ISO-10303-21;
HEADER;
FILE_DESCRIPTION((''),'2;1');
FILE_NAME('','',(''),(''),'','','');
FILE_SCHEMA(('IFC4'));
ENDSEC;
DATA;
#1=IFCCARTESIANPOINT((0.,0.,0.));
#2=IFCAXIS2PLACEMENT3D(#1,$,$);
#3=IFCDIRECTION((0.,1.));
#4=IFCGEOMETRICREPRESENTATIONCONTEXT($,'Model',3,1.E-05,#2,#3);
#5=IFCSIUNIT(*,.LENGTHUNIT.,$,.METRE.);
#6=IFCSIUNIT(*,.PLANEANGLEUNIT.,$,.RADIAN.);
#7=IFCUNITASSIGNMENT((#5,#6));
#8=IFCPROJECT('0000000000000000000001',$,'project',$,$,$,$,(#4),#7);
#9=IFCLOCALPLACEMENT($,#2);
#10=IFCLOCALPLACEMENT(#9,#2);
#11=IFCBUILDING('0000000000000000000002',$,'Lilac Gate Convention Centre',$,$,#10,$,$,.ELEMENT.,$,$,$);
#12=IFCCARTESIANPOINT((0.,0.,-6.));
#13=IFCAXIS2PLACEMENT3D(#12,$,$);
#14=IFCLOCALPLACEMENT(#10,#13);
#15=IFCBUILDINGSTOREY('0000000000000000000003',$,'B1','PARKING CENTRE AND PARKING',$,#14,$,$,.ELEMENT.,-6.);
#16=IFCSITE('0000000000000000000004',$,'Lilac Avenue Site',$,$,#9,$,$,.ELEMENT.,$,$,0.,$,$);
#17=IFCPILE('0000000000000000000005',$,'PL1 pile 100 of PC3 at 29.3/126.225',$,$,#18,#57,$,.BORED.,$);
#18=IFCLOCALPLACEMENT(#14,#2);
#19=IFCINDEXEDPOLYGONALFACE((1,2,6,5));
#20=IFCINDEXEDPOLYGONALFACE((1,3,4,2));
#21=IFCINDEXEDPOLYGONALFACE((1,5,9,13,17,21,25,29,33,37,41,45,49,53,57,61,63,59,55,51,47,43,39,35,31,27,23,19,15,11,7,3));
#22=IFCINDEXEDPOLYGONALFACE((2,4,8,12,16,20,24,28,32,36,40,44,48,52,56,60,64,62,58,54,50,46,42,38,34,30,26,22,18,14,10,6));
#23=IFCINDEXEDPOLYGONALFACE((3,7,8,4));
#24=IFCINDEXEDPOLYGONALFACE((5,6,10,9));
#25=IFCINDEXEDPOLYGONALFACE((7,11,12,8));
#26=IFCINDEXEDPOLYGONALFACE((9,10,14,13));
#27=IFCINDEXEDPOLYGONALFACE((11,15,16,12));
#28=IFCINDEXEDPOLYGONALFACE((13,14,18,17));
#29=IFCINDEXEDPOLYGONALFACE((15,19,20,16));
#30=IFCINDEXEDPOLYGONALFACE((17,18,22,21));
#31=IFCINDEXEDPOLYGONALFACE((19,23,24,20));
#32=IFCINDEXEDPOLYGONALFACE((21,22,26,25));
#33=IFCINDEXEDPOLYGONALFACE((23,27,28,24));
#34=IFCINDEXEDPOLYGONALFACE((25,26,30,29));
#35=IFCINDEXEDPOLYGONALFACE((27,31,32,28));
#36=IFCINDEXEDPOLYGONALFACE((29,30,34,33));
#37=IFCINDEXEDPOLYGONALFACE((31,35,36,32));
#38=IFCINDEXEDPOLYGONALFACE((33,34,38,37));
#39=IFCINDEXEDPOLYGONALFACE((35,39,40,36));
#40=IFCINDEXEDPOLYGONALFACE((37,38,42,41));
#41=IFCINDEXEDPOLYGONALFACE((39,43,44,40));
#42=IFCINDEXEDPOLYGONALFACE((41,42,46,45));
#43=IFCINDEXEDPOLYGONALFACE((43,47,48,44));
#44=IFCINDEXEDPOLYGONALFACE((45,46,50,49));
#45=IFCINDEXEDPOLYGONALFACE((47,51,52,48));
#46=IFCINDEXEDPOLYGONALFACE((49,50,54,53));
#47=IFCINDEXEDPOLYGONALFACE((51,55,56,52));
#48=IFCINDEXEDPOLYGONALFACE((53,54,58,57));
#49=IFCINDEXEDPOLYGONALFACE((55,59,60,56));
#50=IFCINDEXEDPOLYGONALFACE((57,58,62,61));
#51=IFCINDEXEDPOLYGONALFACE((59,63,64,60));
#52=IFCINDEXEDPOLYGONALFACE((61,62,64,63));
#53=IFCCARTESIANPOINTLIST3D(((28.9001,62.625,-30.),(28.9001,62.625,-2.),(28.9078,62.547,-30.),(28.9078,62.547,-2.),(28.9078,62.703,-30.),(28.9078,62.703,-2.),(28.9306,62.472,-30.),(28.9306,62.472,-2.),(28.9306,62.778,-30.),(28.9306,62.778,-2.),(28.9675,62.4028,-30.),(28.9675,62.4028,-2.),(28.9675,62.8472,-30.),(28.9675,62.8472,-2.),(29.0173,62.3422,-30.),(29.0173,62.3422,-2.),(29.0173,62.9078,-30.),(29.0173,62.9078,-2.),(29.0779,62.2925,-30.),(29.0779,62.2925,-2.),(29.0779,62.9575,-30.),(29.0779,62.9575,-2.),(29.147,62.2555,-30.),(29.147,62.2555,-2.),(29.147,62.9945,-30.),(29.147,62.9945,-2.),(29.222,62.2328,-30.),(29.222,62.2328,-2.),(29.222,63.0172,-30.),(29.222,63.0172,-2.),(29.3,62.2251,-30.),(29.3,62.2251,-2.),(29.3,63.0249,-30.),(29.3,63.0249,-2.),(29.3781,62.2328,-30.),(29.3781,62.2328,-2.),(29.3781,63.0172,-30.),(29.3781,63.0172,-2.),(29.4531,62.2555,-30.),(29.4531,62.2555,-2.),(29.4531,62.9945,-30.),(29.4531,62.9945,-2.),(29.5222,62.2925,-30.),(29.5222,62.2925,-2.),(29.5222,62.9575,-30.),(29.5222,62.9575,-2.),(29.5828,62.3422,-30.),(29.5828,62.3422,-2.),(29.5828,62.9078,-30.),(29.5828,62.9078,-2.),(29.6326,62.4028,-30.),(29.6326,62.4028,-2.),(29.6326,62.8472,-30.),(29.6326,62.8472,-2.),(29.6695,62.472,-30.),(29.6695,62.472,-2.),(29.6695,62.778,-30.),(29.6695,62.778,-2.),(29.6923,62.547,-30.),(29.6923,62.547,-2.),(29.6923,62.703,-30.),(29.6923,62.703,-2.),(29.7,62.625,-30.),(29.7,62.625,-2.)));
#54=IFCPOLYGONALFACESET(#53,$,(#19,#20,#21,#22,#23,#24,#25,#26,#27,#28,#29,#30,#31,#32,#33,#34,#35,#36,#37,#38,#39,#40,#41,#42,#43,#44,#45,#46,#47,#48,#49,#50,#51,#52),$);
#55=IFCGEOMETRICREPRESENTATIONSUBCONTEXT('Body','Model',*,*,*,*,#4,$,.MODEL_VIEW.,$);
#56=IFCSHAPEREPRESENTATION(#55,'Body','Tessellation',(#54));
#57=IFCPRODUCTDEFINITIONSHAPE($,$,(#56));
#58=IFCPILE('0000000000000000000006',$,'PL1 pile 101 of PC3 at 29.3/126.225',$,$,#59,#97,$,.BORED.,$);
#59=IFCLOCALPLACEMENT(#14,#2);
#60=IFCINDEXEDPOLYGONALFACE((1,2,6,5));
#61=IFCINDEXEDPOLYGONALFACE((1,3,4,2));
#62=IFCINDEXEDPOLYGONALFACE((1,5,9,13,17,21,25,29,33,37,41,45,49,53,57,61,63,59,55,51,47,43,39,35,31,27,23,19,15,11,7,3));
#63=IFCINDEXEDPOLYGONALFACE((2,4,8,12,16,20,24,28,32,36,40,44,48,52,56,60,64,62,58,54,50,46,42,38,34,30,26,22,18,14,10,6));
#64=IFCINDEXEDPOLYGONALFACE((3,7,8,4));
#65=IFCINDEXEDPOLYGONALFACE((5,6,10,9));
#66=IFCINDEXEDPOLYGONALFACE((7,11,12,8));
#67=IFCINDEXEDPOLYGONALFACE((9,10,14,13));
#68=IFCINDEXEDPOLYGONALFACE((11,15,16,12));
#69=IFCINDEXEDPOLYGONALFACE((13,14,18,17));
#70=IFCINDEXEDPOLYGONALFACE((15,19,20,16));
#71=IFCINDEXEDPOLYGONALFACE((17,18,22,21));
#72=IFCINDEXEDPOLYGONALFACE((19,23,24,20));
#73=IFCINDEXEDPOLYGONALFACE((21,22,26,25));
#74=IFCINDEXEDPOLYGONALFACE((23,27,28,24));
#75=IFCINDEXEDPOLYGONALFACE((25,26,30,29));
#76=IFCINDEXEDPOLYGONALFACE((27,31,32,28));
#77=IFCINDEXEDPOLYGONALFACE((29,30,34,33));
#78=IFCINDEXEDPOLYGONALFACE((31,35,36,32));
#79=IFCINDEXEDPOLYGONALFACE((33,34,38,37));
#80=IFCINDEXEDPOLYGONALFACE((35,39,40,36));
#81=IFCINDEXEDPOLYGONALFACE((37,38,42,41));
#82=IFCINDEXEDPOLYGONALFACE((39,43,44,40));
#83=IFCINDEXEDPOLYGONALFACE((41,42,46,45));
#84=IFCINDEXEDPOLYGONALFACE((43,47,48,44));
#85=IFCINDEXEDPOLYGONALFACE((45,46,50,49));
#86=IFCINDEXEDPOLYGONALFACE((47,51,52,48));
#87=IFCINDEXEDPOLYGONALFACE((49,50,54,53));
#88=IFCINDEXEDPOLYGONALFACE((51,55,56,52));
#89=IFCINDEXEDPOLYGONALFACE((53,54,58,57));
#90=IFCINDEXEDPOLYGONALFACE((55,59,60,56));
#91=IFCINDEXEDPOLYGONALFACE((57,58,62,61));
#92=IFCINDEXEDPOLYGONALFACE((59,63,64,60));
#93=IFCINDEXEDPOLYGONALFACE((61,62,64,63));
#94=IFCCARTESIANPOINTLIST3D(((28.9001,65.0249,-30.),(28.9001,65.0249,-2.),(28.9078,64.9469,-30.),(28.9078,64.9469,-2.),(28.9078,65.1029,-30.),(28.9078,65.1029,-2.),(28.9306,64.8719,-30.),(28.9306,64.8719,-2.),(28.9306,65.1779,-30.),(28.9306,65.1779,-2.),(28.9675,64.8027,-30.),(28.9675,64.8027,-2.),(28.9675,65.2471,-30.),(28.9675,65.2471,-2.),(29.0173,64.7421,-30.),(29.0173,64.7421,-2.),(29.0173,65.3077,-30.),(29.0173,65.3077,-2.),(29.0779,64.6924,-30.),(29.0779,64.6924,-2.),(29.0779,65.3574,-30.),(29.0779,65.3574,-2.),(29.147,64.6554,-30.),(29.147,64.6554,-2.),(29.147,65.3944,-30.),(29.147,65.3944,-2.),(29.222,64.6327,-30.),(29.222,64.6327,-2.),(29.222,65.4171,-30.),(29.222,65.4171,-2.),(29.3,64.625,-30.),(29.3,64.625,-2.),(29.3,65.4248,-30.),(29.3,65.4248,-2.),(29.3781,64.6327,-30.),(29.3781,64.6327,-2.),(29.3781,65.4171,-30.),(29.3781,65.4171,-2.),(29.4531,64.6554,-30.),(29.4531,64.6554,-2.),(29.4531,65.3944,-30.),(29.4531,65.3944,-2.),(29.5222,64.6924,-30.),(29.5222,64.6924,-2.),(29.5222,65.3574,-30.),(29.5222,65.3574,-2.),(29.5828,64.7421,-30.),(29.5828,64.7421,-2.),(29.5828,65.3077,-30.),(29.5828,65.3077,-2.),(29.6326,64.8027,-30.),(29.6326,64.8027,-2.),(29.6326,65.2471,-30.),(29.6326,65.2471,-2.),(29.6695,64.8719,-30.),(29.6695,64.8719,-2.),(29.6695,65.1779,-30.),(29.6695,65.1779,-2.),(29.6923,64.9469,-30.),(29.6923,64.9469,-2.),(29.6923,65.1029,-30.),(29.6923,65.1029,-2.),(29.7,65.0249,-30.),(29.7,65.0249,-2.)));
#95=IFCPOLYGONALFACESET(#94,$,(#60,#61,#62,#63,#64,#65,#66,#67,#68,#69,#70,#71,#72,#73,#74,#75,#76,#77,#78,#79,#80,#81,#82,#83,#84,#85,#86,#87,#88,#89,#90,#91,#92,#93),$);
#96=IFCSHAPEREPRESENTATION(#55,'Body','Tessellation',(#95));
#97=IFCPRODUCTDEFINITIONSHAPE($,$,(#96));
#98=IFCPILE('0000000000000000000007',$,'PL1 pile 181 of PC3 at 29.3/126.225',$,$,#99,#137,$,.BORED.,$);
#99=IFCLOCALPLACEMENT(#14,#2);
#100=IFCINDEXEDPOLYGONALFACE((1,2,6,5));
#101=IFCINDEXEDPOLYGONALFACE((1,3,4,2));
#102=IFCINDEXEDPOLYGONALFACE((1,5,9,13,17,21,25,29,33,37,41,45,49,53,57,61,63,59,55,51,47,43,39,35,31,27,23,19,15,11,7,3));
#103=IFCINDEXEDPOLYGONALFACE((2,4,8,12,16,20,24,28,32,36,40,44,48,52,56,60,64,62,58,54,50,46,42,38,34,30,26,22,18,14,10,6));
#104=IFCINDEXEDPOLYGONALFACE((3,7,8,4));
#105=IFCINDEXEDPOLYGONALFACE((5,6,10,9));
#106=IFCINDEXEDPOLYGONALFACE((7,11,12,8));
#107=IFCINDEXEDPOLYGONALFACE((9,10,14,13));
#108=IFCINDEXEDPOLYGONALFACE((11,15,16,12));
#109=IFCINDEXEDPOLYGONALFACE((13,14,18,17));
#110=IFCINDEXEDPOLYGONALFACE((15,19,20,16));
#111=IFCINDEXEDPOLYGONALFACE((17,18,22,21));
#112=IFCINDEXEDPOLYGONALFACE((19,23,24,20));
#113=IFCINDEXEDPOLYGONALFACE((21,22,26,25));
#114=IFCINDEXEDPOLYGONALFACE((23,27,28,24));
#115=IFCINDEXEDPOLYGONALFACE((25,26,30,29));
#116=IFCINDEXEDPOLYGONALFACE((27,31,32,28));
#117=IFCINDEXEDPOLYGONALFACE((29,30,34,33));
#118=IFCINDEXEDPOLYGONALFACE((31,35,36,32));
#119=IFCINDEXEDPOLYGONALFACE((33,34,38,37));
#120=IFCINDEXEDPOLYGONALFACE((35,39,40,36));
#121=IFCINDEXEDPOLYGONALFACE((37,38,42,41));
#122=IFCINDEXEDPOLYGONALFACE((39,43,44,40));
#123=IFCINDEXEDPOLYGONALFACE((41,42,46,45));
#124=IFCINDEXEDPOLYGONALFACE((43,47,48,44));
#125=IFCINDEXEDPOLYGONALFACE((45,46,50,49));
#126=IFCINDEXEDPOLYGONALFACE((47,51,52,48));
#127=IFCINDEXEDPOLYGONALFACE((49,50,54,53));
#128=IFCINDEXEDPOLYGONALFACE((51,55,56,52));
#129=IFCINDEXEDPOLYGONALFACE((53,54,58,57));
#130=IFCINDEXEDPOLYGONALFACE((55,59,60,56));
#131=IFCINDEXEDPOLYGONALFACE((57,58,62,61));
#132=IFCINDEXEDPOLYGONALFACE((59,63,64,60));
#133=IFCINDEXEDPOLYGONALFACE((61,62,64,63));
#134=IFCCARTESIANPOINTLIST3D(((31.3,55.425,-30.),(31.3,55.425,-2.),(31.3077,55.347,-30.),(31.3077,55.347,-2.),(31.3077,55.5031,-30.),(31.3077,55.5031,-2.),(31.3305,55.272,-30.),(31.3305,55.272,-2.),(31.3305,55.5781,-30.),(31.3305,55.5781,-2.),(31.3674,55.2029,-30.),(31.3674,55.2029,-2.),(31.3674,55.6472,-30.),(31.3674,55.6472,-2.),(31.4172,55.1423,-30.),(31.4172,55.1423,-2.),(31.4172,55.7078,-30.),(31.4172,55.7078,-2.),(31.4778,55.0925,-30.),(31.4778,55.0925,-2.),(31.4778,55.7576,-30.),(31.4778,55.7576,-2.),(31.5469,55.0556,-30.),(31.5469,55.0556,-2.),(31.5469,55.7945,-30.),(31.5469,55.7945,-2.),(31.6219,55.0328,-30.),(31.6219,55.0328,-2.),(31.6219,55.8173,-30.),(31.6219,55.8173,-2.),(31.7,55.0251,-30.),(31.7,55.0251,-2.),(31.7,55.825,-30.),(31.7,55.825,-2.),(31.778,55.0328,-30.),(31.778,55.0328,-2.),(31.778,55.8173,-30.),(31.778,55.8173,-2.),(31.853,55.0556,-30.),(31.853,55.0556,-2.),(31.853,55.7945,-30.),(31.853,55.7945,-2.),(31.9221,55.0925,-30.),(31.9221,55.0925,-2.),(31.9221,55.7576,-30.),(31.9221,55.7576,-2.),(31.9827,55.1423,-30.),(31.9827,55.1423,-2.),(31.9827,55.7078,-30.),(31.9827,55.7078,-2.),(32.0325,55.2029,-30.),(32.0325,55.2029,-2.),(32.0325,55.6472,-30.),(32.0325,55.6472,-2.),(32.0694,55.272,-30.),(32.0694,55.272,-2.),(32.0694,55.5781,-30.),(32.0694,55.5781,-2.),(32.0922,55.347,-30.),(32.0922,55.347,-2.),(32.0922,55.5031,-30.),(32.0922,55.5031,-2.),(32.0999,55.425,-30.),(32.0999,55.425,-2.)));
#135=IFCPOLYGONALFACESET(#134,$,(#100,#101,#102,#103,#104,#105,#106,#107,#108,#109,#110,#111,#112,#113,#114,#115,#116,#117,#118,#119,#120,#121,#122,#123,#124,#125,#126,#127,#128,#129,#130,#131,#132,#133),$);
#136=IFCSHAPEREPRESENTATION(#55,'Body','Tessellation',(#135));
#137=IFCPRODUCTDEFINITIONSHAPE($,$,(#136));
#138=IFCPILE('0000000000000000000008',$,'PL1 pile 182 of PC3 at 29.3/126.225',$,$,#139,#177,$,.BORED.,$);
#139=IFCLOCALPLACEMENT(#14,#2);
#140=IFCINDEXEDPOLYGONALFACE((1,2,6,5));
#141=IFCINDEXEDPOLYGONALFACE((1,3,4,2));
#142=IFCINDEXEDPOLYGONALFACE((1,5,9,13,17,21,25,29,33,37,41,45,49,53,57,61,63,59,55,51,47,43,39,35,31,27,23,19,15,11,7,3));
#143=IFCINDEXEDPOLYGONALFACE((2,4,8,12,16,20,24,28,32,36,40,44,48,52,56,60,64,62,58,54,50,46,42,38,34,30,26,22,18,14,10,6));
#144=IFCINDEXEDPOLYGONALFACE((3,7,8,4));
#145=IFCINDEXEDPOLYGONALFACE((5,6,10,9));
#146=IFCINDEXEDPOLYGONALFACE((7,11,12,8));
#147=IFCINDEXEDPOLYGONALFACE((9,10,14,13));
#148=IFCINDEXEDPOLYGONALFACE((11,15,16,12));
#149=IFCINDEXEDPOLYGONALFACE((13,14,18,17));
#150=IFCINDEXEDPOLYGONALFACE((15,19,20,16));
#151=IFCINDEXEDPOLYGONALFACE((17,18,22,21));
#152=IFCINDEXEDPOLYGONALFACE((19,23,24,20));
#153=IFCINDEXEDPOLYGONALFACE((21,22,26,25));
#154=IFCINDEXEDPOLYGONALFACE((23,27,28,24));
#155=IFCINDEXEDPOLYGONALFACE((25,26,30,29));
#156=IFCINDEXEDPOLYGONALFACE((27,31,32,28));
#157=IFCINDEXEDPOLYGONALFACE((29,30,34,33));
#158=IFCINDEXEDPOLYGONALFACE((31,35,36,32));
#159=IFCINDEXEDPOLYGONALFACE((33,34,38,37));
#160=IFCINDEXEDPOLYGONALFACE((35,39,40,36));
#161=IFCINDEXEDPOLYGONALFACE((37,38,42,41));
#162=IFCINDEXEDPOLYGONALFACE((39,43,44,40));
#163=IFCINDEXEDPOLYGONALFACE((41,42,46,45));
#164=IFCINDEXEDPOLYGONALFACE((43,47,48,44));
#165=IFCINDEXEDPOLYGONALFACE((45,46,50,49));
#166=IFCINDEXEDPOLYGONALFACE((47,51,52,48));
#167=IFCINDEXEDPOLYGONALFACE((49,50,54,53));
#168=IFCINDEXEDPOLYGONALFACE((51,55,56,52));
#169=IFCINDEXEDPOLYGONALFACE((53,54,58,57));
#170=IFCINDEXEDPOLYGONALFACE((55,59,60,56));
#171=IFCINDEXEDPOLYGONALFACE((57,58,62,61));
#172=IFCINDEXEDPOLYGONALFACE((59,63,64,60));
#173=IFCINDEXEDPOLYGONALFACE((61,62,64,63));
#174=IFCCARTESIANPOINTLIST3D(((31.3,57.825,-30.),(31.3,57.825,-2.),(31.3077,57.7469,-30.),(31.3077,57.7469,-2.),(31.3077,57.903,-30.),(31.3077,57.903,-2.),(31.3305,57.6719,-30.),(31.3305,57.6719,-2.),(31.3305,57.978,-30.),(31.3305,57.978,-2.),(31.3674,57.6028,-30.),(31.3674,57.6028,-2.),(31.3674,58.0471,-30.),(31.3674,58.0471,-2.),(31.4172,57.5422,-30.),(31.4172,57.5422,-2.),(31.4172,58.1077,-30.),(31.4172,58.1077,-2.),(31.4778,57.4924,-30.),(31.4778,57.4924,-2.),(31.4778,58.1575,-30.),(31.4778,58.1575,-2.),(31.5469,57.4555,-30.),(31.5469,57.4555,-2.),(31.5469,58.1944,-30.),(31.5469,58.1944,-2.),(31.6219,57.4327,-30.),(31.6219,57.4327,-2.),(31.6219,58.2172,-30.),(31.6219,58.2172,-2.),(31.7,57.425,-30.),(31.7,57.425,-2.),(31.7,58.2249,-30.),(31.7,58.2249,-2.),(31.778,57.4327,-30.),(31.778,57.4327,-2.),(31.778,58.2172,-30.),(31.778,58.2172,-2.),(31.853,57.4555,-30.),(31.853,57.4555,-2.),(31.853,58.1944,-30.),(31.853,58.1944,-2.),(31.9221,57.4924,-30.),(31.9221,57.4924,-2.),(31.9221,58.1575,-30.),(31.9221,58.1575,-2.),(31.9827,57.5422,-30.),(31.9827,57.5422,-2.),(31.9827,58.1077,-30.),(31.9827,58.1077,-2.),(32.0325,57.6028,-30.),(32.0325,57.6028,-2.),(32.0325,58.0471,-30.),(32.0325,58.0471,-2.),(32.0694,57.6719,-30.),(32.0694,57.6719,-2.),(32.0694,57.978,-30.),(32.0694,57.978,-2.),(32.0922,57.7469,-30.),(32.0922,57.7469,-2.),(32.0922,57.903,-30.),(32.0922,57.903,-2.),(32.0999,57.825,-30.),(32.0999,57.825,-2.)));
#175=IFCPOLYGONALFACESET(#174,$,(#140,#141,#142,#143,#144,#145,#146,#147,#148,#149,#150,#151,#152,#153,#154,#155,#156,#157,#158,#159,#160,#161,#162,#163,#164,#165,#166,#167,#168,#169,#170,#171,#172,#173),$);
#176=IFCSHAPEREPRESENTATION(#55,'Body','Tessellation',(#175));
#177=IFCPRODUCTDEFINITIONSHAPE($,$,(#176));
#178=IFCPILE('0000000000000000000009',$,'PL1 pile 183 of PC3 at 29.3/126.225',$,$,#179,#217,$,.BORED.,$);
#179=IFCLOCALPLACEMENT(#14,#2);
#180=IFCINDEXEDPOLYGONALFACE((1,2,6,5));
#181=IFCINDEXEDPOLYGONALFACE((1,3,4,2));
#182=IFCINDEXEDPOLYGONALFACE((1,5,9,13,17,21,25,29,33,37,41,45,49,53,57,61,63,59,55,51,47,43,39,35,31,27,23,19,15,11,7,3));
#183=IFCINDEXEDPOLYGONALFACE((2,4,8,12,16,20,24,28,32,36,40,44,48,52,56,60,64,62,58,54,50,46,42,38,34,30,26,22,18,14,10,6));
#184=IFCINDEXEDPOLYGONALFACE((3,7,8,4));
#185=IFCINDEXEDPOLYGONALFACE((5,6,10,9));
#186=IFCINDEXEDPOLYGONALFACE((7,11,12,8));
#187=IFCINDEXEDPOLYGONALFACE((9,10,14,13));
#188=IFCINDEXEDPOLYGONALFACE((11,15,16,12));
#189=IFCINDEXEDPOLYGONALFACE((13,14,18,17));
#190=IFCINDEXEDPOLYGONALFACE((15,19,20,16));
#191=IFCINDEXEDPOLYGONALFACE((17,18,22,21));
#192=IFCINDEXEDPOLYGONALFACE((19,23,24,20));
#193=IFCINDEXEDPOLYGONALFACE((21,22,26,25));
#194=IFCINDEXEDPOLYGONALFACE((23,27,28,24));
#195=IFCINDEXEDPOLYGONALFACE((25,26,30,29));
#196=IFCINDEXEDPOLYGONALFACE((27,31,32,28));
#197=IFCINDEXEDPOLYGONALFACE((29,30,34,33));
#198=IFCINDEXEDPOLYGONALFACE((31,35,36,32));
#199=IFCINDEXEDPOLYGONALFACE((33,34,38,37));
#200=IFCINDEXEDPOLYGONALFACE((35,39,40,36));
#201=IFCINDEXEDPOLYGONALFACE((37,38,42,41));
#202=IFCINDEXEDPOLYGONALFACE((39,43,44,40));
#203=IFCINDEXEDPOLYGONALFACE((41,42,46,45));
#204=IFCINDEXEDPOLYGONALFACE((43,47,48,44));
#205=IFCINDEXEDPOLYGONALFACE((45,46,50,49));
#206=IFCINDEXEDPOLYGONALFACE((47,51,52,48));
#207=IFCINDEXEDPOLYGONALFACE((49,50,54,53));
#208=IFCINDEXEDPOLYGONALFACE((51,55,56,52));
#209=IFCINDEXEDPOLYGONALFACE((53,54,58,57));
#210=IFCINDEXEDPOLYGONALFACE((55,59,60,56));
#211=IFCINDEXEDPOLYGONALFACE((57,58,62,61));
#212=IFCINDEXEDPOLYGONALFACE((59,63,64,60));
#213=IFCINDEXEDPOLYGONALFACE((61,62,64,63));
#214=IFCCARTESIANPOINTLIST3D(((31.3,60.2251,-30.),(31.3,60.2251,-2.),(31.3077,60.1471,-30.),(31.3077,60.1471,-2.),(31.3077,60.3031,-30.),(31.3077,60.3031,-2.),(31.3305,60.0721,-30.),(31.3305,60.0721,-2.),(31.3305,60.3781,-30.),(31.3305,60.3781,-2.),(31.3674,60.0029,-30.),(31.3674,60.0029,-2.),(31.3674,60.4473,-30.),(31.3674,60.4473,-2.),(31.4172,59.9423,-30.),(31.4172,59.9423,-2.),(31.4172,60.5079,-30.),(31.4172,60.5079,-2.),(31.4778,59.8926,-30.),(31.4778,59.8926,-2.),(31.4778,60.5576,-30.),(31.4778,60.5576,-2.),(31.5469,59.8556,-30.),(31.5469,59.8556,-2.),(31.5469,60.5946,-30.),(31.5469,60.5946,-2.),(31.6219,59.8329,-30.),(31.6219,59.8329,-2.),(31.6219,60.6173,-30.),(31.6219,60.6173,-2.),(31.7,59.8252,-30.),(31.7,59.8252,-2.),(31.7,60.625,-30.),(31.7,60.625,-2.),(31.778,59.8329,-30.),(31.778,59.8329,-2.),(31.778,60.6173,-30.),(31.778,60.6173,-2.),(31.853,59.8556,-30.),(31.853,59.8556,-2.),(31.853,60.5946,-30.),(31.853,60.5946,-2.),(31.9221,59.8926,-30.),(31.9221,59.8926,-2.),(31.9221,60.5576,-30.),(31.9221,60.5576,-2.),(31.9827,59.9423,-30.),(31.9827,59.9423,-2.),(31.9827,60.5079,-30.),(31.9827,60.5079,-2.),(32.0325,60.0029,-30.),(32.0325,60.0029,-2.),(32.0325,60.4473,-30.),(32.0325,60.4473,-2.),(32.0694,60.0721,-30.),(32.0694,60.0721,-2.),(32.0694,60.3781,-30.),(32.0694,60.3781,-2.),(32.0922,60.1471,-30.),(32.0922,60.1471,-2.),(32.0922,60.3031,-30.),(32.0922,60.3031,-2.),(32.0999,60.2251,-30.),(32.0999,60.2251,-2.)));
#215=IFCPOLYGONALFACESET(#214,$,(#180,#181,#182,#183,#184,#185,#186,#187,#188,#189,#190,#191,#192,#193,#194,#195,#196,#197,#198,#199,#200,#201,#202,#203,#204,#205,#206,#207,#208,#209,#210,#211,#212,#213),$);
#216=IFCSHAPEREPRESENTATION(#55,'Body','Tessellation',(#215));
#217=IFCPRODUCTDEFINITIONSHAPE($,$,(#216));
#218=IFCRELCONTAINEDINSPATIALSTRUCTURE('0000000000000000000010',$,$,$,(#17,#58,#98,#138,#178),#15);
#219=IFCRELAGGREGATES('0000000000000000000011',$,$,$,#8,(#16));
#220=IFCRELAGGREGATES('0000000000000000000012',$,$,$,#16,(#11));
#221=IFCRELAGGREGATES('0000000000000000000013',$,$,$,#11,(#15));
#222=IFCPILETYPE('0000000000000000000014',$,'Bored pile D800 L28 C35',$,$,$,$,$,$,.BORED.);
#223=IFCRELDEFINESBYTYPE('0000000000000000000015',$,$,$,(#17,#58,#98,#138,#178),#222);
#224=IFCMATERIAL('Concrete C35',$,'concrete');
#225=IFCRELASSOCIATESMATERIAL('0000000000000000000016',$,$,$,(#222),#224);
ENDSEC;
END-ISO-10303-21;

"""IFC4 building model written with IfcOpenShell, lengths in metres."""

from ifc_helpers import new_model, si_unit, direction, frame, origin, origin_2d, place, context, subcontext, project, spatial, circle, extrude, material, material_profile, profile_set, type_object, element, save


model = new_model("IFC4")

# Units and contexts
model_context = context("Model", 3, precision=1e-05, world=origin(), true_north=direction((0.0, 1.0)))
body_context = subcontext(model_context, "Body", "Model", "MODEL_VIEW")
ifc_project = project(units=[si_unit("LENGTHUNIT", "METRE"), si_unit("PLANEANGLEUNIT", "RADIAN")], contexts=[model_context])

# Site, building, storey
site_placement = place(None, origin())
site = spatial("IfcSite", under=ifc_project, at=site_placement, Name="Lilac Avenue Site", CompositionType="ELEMENT", RefElevation=0.0)
building_placement = place(site_placement, origin())
building = spatial("IfcBuilding", under=site, at=building_placement, Name="Lilac Gate Convention Centre", CompositionType="ELEMENT")
storey_placement = place(building_placement, frame((0.0, 0.0, -6.0)))
storey = spatial("IfcBuildingStorey", under=building, at=storey_placement, Name="B1", Description="PARKING CENTRE AND PARKING", CompositionType="ELEMENT", Elevation=-6.0)

# Piles
ifc_material_1 = material(Name="Concrete C35", Category="concrete")
ifc_material_profile_1 = material_profile(ifc_material_1, circle(Radius=0.3999, at=origin_2d()), Name="D800")
ifc_profile_set_1 = profile_set([ifc_material_profile_1], Name="Concrete C35")
pile_type = type_object("IfcPileType", Name="Bored pile D800 L28 C35", PredefinedType="BORED", material=ifc_profile_set_1)
for number, where, z_axis, x_axis, name in (
    (1, (29.3, 62.625, -2.0), (0.0, 0.0, -1.0), (1.0, 0.0, 0.0), "PL1 pile 100 of PC3 at 29.3/126.225"),
    (2, (29.3, 65.0249, -2.0), (0.0, 0.0, -1.0), (1.0, 0.0, 0.0), "PL1 pile 101 of PC3 at 29.3/126.225"),
    (3, (31.7, 55.425, -2.0), (0.0, 0.0, -1.0), (1.0, 0.0, 0.0), "PL1 pile 181 of PC3 at 29.3/126.225"),
    (4, (31.7, 57.825, -2.0), (0.0, 0.0, -1.0), (1.0, 0.0, 0.0), "PL1 pile 182 of PC3 at 29.3/126.225"),
    (5, (31.7, 60.2251, -2.0), (0.0, 0.0, -1.0), (1.0, 0.0, 0.0), "PL1 pile 183 of PC3 at 29.3/126.225"),
):
    element("IfcPile", number, at=place(storey_placement, frame(where, z_axis=z_axis, x_axis=x_axis)), inside=storey, type_object=pile_type, Name=name, PredefinedType="BORED", context=body_context, shape_type="SweptSolid", body=[
        extrude(circle(Radius=0.3999, at=origin_2d()), origin(), (0.0, 0.0, 1.0), 28.0),
    ])

save(model, "model.ifc")
